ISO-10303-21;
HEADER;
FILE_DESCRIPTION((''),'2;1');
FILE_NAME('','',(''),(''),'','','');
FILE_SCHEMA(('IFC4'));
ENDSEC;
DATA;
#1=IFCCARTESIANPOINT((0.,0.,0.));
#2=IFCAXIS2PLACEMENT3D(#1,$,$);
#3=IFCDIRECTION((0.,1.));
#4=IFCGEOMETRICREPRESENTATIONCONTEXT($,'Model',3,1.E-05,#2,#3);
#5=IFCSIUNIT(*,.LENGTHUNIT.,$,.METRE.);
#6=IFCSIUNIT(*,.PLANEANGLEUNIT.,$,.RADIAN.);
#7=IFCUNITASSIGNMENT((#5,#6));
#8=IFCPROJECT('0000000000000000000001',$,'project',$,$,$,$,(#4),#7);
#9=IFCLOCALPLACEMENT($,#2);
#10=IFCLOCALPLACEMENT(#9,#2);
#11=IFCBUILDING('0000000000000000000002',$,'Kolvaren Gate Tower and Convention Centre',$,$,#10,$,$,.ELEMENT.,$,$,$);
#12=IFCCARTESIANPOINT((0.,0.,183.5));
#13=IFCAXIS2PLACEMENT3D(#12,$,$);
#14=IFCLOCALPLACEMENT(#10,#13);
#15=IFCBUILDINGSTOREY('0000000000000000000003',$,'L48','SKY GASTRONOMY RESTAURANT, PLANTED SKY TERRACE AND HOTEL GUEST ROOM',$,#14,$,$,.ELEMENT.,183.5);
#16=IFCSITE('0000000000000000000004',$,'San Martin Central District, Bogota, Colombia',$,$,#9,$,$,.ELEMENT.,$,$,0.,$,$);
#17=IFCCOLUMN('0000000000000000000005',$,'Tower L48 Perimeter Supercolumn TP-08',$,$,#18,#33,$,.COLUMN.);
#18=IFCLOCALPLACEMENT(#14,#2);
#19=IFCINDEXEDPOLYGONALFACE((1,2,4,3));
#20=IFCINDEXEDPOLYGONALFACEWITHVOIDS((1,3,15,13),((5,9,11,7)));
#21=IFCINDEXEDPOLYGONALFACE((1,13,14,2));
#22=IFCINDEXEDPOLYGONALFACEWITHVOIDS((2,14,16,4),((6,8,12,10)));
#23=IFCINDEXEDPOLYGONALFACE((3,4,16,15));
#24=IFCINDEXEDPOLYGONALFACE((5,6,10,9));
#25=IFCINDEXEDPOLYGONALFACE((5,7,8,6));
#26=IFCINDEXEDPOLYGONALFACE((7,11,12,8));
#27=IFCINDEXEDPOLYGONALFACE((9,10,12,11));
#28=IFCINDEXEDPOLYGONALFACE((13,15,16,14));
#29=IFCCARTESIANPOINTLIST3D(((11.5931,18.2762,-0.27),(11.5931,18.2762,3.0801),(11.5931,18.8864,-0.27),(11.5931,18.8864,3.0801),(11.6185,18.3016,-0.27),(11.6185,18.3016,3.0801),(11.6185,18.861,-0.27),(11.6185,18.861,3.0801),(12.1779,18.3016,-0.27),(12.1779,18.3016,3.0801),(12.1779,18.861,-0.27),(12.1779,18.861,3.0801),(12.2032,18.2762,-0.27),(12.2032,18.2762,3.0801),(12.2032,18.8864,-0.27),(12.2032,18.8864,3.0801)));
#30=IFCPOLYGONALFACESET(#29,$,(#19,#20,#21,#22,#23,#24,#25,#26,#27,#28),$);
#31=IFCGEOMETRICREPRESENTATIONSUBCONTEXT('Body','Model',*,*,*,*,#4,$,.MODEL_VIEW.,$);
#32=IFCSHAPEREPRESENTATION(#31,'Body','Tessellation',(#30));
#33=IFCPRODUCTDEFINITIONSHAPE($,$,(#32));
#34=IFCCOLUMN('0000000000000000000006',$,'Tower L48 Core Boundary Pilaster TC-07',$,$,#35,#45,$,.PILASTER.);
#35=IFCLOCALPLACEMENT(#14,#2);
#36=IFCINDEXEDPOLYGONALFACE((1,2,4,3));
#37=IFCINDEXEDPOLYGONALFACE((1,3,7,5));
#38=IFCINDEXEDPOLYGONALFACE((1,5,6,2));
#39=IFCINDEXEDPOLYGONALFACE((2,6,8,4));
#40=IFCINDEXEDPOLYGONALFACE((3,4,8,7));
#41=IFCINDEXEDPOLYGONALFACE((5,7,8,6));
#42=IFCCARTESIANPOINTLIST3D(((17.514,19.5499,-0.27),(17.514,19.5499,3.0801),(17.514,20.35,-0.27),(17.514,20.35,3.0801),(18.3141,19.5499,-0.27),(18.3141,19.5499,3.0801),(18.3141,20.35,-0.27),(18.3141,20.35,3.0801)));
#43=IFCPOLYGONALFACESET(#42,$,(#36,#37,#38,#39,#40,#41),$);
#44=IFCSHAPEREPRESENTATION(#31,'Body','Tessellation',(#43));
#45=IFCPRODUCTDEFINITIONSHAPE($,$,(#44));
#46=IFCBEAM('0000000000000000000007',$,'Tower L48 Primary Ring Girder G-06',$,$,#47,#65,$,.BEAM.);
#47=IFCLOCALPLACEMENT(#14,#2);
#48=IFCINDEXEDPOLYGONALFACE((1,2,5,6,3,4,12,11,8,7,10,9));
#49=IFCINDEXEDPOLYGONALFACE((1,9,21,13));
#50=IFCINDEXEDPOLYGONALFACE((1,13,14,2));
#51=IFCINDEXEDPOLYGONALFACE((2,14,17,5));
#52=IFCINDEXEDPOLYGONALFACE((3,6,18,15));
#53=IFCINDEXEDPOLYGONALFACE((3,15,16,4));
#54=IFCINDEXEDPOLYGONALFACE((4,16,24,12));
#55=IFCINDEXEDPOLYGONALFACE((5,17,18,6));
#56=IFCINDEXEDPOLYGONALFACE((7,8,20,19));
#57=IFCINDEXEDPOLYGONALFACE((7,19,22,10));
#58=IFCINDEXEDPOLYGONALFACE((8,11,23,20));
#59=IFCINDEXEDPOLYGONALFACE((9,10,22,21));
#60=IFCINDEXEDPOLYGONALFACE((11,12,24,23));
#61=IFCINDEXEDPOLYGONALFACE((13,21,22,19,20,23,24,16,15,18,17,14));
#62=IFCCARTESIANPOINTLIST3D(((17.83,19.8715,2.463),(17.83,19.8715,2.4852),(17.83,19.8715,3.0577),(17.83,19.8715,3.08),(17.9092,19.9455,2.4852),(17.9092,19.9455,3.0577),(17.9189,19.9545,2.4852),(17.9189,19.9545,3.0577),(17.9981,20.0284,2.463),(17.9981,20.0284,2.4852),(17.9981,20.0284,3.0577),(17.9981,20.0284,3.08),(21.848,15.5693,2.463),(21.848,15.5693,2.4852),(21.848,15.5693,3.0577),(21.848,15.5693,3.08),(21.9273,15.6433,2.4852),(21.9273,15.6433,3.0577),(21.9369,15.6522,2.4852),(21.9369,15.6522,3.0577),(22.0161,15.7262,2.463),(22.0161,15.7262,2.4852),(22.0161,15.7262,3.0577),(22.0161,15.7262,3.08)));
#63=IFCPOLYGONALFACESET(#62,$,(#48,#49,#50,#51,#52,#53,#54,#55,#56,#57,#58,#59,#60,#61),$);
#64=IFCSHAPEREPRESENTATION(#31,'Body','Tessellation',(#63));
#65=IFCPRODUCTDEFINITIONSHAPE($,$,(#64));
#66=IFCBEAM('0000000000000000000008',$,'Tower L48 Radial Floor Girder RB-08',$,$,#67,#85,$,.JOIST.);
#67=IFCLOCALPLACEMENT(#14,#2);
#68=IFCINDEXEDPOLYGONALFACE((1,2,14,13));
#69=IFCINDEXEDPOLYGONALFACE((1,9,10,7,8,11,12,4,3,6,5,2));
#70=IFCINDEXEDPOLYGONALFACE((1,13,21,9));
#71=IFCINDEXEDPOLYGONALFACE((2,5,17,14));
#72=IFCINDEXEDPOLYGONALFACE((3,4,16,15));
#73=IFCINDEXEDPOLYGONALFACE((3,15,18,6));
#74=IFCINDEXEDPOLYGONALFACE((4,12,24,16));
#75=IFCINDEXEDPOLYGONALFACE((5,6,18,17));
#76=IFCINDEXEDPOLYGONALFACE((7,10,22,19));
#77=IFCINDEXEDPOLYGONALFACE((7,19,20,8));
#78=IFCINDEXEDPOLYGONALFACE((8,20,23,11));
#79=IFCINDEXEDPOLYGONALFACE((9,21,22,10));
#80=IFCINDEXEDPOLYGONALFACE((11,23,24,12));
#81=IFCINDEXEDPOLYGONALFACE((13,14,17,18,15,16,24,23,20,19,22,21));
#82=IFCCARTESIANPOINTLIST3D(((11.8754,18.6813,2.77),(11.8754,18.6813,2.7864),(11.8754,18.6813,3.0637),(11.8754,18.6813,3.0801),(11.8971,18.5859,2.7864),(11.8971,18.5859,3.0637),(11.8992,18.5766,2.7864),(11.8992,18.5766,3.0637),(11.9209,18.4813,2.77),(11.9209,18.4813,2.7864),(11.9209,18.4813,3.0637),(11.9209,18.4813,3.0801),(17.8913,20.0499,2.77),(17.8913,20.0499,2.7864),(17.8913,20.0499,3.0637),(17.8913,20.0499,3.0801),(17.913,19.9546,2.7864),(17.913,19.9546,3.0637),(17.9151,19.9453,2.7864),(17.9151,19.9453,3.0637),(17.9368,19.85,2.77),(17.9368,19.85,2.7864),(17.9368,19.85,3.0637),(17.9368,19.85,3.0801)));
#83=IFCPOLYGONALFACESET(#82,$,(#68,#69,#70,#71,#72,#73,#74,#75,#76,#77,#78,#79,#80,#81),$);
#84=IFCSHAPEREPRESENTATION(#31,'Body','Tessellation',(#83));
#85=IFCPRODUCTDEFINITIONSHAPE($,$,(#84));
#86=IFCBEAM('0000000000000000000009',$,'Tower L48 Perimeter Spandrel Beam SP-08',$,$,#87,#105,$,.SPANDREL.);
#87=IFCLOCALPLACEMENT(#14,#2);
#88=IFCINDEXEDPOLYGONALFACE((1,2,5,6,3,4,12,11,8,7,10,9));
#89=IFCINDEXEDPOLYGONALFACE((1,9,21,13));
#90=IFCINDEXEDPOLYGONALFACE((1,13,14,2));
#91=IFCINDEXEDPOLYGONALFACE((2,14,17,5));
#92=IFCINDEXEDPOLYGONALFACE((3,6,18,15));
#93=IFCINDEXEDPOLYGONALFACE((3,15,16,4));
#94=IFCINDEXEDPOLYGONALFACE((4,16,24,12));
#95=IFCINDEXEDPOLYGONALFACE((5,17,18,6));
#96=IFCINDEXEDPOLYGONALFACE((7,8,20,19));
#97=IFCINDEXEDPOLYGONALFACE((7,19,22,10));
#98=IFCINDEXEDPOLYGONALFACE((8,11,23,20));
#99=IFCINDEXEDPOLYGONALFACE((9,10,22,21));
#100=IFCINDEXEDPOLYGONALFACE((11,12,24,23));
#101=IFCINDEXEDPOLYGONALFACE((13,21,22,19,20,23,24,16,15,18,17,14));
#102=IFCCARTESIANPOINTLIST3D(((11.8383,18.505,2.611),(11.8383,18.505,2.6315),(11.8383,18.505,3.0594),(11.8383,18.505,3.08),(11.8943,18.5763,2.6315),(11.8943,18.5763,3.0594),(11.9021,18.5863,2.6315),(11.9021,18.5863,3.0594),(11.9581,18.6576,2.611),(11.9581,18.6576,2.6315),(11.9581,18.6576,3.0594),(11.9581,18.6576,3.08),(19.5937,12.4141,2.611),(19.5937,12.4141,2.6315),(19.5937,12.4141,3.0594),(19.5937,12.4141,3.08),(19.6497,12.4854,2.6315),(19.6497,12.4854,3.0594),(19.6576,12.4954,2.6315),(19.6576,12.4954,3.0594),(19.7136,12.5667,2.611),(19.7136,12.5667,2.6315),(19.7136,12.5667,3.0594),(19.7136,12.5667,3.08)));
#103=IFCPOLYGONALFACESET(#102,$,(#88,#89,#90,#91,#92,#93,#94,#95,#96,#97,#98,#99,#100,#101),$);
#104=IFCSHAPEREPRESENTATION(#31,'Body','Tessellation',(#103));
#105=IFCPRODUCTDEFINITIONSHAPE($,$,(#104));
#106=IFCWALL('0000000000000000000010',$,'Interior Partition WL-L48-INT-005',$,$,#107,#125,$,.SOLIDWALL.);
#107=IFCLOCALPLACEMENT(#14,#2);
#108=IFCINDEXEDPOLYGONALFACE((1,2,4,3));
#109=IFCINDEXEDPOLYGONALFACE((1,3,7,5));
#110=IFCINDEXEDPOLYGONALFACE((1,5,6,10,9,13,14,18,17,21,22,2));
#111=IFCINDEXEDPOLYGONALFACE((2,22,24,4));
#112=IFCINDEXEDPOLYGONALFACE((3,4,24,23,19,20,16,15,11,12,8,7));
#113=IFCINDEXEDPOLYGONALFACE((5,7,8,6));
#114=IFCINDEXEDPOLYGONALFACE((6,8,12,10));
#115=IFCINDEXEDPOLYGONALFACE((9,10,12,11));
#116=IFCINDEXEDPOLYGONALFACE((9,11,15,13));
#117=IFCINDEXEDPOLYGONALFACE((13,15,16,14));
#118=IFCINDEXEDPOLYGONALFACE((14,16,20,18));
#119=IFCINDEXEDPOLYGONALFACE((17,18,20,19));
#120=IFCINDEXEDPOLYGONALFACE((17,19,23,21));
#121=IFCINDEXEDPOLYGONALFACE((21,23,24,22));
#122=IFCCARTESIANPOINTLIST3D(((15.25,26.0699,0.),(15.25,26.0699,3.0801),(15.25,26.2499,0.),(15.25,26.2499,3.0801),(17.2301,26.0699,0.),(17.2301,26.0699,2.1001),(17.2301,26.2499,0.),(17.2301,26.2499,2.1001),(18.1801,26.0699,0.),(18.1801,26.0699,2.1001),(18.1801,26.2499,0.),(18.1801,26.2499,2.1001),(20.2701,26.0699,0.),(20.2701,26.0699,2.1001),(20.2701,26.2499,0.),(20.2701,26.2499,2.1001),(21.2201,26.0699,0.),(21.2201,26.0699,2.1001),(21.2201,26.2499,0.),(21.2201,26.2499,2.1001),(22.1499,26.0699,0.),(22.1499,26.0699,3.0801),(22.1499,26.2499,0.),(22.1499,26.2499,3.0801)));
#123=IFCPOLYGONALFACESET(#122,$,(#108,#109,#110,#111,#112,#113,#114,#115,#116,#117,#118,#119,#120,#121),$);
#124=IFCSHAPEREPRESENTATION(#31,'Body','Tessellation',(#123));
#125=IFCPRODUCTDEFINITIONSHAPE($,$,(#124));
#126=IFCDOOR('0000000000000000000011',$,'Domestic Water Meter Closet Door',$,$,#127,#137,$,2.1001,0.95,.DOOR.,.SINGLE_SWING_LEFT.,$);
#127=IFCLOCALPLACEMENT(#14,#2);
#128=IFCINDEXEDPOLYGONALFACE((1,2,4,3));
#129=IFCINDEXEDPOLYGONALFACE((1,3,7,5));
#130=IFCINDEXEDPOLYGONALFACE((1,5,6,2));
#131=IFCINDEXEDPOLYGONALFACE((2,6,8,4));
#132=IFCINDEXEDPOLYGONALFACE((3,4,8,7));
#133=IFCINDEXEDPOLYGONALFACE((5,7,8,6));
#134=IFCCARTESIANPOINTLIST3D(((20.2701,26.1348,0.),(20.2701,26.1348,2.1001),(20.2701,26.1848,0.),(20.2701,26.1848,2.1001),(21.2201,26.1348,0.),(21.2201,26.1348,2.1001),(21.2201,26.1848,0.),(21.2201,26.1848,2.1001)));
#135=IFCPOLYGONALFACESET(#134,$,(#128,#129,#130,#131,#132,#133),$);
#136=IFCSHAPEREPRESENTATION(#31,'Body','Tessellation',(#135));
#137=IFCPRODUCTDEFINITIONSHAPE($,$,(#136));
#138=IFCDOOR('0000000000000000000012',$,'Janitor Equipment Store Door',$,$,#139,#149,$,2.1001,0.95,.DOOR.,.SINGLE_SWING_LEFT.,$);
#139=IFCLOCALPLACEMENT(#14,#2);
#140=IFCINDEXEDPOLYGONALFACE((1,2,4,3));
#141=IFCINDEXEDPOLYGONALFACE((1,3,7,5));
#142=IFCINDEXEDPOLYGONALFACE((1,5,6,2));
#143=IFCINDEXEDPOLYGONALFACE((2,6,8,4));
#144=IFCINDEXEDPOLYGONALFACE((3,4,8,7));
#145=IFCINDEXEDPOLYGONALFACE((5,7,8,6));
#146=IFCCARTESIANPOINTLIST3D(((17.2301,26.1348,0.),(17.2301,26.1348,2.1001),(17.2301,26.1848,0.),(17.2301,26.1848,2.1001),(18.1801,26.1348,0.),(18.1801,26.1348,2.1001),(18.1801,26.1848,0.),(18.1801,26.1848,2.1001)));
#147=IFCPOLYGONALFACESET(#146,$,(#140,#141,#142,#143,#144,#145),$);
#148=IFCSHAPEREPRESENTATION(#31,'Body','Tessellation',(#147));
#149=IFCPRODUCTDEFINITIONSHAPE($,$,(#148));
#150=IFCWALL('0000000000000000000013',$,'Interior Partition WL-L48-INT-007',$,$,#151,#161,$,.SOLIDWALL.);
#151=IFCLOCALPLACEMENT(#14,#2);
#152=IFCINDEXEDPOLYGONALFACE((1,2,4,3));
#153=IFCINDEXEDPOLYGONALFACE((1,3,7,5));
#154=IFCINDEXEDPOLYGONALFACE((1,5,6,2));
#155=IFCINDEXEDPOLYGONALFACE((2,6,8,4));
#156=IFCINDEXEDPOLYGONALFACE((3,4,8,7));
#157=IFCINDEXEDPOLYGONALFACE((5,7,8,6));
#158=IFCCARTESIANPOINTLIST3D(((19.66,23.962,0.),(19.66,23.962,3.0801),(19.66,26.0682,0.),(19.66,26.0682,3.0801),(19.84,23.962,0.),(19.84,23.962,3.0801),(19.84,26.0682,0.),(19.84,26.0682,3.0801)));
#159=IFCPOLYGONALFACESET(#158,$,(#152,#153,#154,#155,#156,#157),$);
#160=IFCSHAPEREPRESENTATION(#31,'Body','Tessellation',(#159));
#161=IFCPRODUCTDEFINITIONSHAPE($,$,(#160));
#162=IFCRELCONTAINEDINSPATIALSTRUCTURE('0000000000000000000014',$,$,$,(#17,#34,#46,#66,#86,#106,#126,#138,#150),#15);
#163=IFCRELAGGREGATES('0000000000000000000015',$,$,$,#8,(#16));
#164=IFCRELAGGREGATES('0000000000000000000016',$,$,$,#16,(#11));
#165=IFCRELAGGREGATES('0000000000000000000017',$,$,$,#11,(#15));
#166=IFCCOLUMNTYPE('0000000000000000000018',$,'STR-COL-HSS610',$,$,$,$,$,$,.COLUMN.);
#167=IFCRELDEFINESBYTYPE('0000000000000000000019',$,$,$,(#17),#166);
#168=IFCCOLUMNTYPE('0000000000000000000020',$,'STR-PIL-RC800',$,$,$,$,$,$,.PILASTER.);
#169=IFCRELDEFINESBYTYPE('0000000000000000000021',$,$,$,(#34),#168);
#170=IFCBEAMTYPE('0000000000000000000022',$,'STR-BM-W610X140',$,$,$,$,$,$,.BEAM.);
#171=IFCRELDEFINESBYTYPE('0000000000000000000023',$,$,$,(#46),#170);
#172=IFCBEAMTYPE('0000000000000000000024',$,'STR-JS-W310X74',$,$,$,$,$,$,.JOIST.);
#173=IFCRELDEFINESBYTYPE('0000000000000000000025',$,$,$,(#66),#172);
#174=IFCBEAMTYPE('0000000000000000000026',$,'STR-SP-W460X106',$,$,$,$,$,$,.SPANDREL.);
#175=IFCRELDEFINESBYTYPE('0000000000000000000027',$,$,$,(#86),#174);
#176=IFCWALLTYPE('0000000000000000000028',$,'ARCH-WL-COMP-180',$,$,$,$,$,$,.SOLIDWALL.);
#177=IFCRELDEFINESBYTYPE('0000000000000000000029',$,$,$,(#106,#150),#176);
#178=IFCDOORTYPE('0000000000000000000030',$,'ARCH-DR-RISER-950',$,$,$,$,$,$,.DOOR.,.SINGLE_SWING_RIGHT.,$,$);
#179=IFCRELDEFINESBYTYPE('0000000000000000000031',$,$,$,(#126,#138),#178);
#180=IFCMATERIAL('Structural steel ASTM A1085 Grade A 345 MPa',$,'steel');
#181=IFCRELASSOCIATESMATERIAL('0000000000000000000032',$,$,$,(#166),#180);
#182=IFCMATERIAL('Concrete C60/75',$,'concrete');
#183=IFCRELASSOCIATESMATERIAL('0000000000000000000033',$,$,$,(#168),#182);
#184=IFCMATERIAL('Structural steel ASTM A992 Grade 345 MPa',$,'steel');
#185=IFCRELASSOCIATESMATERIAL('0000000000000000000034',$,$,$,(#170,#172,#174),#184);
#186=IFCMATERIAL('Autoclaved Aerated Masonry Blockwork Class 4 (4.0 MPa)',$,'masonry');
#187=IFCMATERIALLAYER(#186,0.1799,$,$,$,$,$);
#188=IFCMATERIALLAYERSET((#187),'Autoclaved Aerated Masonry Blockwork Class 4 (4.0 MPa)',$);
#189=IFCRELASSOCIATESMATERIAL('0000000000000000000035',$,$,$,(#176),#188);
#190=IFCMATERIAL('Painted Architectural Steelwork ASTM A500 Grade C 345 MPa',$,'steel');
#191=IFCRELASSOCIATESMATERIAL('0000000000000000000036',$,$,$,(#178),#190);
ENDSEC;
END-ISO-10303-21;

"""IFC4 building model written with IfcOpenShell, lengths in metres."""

from ifc_helpers import new_model, si_unit, direction, frame, frame_2d, origin, origin_2d, place, context, subcontext, project, spatial, rectangle, hollow_rectangle, i_section, extrude, material, layer, layer_set, material_profile, profile_set, type_object, element, fill, save


model = new_model("IFC4")

# Units and contexts
model_context = context("Model", 3, precision=1e-05, world=origin(), true_north=direction((0.0, 1.0)))
body_context = subcontext(model_context, "Body", "Model", "MODEL_VIEW")
ifc_project = project(units=[si_unit("LENGTHUNIT", "METRE"), si_unit("PLANEANGLEUNIT", "RADIAN")], contexts=[model_context])

# Site, building, storey
site_placement = place(None, origin())
site = spatial("IfcSite", under=ifc_project, at=site_placement, Name="San Martin Central District, Bogota, Colombia", CompositionType="ELEMENT", RefElevation=0.0)
building_placement = place(site_placement, origin())
building = spatial("IfcBuilding", under=site, at=building_placement, Name="Kolvaren Gate Tower and Convention Centre", CompositionType="ELEMENT")
storey_placement = place(building_placement, frame((0.0, 0.0, 183.5)))
storey = spatial("IfcBuildingStorey", under=building, at=storey_placement, Name="L48", Description="SKY GASTRONOMY RESTAURANT, PLANTED SKY TERRACE AND HOTEL GUEST ROOM", CompositionType="ELEMENT", Elevation=183.5)

# Columns
ifc_material_1 = material(Name="Structural steel ASTM A1085 Grade A 345 MPa", Category="steel")
ifc_material_profile_1 = material_profile(ifc_material_1, hollow_rectangle(XDim=0.6101, YDim=0.6101, WallThickness=0.0254, at=origin_2d()), Name="HSS610X610X25.4")
ifc_profile_set_1 = profile_set([ifc_material_profile_1], Name="Structural steel ASTM A1085 Grade A 345 MPa")
column_type_1 = type_object("IfcColumnType", Name="STR-COL-HSS610", PredefinedType="COLUMN", material=ifc_profile_set_1)
column_1_placement = place(storey_placement, frame((11.8982, 18.5813, -0.27), z_axis=(0.0, 0.0, 1.0), x_axis=(1.0, 0.0, 0.0)))
element("IfcColumn", 1, at=column_1_placement, inside=storey, type_object=column_type_1, Name="Tower L48 Perimeter Supercolumn TP-08", PredefinedType="COLUMN", context=body_context, shape_type="SweptSolid", body=[
    extrude(hollow_rectangle(XDim=0.6101, YDim=0.6101, WallThickness=0.0254, at=origin_2d()), origin(), (0.0, 0.0, 1.0), 3.3501),
])
ifc_material_2 = material(Name="Concrete C60/75", Category="concrete")
ifc_material_profile_2 = material_profile(ifc_material_2, rectangle(XDim=0.8, YDim=0.8, at=origin_2d()), Name="RC-COL-800X800")
ifc_profile_set_2 = profile_set([ifc_material_profile_2], Name="Concrete C60/75")
column_type_2 = type_object("IfcColumnType", Name="STR-PIL-RC800", PredefinedType="PILASTER", material=ifc_profile_set_2)
column_2_placement = place(storey_placement, frame((17.9141, 19.95, -0.27), z_axis=(0.0, 0.0, 1.0), x_axis=(1.0, 0.0, 0.0)))
element("IfcColumn", 2, at=column_2_placement, inside=storey, type_object=column_type_2, Name="Tower L48 Core Boundary Pilaster TC-07", PredefinedType="PILASTER", context=body_context, shape_type="SweptSolid", body=[
    extrude(rectangle(XDim=0.8, YDim=0.8, at=origin_2d()), origin(), (0.0, 0.0, 1.0), 3.3501),
])

# Beams
ifc_material_3 = material(Name="Structural steel ASTM A992 Grade 345 MPa", Category="steel")
ifc_material_profile_3 = material_profile(ifc_material_3, i_section(OverallWidth=0.23, OverallDepth=0.6169, WebThickness=0.0132, FlangeThickness=0.0222, at=origin_2d()), Name="W610X140")
ifc_profile_set_3 = profile_set([ifc_material_profile_3], Name="Structural steel ASTM A992 Grade 345 MPa")
beam_type_1 = type_object("IfcBeamType", Name="STR-BM-W610X140", PredefinedType="BEAM", material=ifc_profile_set_3)
beam_1_placement = place(storey_placement, frame((17.9141, 19.95, 2.7715), z_axis=(0.682558, -0.730832, 0.0), x_axis=(0.730832, 0.682558, 0.0)))
element("IfcBeam", 3, at=beam_1_placement, inside=storey, type_object=beam_type_1, Name="Tower L48 Primary Ring Girder G-06", PredefinedType="BEAM", context=body_context, shape_type="SweptSolid", body=[
    extrude(i_section(OverallWidth=0.23, OverallDepth=0.6169, WebThickness=0.0132, FlangeThickness=0.0222, at=origin_2d()), origin(), (0.0, 0.0, 1.0), 5.8867),
])
ifc_material_profile_4 = material_profile(ifc_material_3, i_section(OverallWidth=0.2051, OverallDepth=0.3101, WebThickness=0.0095, FlangeThickness=0.0164, at=origin_2d()), Name="W310X74")
ifc_profile_set_4 = profile_set([ifc_material_profile_4], Name="Structural steel ASTM A992 Grade 345 MPa")
beam_type_2 = type_object("IfcBeamType", Name="STR-JS-W310X74", PredefinedType="JOIST", material=ifc_profile_set_4)
beam_2_placement = place(storey_placement, frame((17.9141, 19.95, 2.925), z_axis=(-0.975083, -0.221838, 0.0), x_axis=(0.221838, -0.975083, 0.0)))
element("IfcBeam", 4, at=beam_2_placement, inside=storey, type_object=beam_type_2, Name="Tower L48 Radial Floor Girder RB-08", PredefinedType="JOIST", context=body_context, shape_type="SweptSolid", body=[
    extrude(i_section(OverallWidth=0.2051, OverallDepth=0.3101, WebThickness=0.0095, FlangeThickness=0.0164, at=origin_2d()), origin(), (0.0, 0.0, 1.0), 6.1697),
])
ifc_material_profile_5 = material_profile(ifc_material_3, i_section(OverallWidth=0.1941, OverallDepth=0.469, WebThickness=0.0127, FlangeThickness=0.0205, at=origin_2d()), Name="W460X106")
ifc_profile_set_5 = profile_set([ifc_material_profile_5], Name="Structural steel ASTM A992 Grade 345 MPa")
beam_type_3 = type_object("IfcBeamType", Name="STR-SP-W460X106", PredefinedType="SPANDREL", material=ifc_profile_set_5)
beam_3_placement = place(storey_placement, frame((11.8982, 18.5813, 2.8455), z_axis=(0.786451, -0.617653, 0.0), x_axis=(0.617653, 0.786451, 0.0)))
element("IfcBeam", 5, at=beam_3_placement, inside=storey, type_object=beam_type_3, Name="Tower L48 Perimeter Spandrel Beam SP-08", PredefinedType="SPANDREL", context=body_context, shape_type="SweptSolid", body=[
    extrude(i_section(OverallWidth=0.1941, OverallDepth=0.469, WebThickness=0.0127, FlangeThickness=0.0205, at=origin_2d()), origin(), (0.0, 0.0, 1.0), 9.8613),
])

# Wall, openings, doors
ifc_material_4 = material(Name="Autoclaved Aerated Masonry Blockwork Class 4 (4.0 MPa)", Category="masonry")
ifc_layer_1 = layer(ifc_material_4, 0.1799)
ifc_layer_set_1 = layer_set([ifc_layer_1], Name="Autoclaved Aerated Masonry Blockwork Class 4 (4.0 MPa)")
wall_type_1 = type_object("IfcWallType", Name="ARCH-WL-COMP-180", PredefinedType="SOLIDWALL", material=ifc_layer_set_1)
wall_1_placement = place(storey_placement, frame((15.25, 26.1599, 0.0), z_axis=(0.0, 0.0, 1.0), x_axis=(1.0, 0.0, 0.0)))
wall_1 = element("IfcWall", 6, at=wall_1_placement, inside=storey, type_object=wall_type_1, Name="Interior Partition WL-L48-INT-005", PredefinedType="SOLIDWALL", context=body_context, shape_type="SweptSolid", body=[
    extrude(rectangle(XDim=6.8999, YDim=0.1799, at=frame_2d((3.45, 0.0))), origin(), (0.0, 0.0, 1.0), 3.0801),
])
opening_1_placement = place(wall_1_placement, frame((5.02, 0.0, 0.0)))
opening_1 = element("IfcOpeningElement", 7, at=opening_1_placement, cuts=wall_1, PredefinedType="OPENING", context=body_context, shape_type="SweptSolid", body=[
    extrude(rectangle(XDim=0.95, YDim=2.1001, at=frame_2d((0.4751, 1.05))), frame((0.0, 0.0999, 0.0), z_axis=(0.0, -1.0, 0.0), x_axis=(1.0, 0.0, 0.0)), (0.0, 0.0, 1.0), 0.2),
])
opening_2_placement = place(wall_1_placement, frame((1.98, 0.0, 0.0)))
opening_2 = element("IfcOpeningElement", 8, at=opening_2_placement, cuts=wall_1, PredefinedType="OPENING", context=body_context, shape_type="SweptSolid", body=[
    extrude(rectangle(XDim=0.95, YDim=2.1001, at=frame_2d((0.4751, 1.05))), frame((0.0, 0.0999, 0.0), z_axis=(0.0, -1.0, 0.0), x_axis=(1.0, 0.0, 0.0)), (0.0, 0.0, 1.0), 0.2),
])
ifc_material_5 = material(Name="Painted Architectural Steelwork ASTM A500 Grade C 345 MPa", Category="steel")
door_type = type_object("IfcDoorType", Name="ARCH-DR-RISER-950", OperationType="SINGLE_SWING_RIGHT", PredefinedType="DOOR", material=ifc_material_5)
door_1_placement = place(opening_1_placement, origin())
door_1 = element("IfcDoor", 9, at=door_1_placement, inside=storey, type_object=door_type, Name="Domestic Water Meter Closet Door", OperationType="SINGLE_SWING_LEFT", OverallHeight=2.1001, OverallWidth=0.95, PredefinedType="DOOR", context=body_context, shape_type="SweptSolid", body=[
    extrude(rectangle(XDim=0.95, YDim=2.1001, at=frame_2d((0.4751, 1.05))), frame((0.0, 0.0249, 0.0), z_axis=(0.0, -1.0, 0.0), x_axis=(1.0, 0.0, 0.0)), (0.0, 0.0, 1.0), 0.05),
])
fill(opening_1, door_1)
door_2_placement = place(opening_2_placement, origin())
door_2 = element("IfcDoor", 10, at=door_2_placement, inside=storey, type_object=door_type, Name="Janitor Equipment Store Door", OperationType="SINGLE_SWING_LEFT", OverallHeight=2.1001, OverallWidth=0.95, PredefinedType="DOOR", context=body_context, shape_type="SweptSolid", body=[
    extrude(rectangle(XDim=0.95, YDim=2.1001, at=frame_2d((0.4751, 1.05))), frame((0.0, 0.0249, 0.0), z_axis=(0.0, -1.0, 0.0), x_axis=(1.0, 0.0, 0.0)), (0.0, 0.0, 1.0), 0.05),
])
fill(opening_2, door_2)

# Wall
wall_2_placement = place(storey_placement, frame((19.75, 23.9619, 0.0), z_axis=(0.0, 0.0, 1.0), x_axis=(0.0, 1.0, 0.0)))
element("IfcWall", 11, at=wall_2_placement, inside=storey, type_object=wall_type_1, Name="Interior Partition WL-L48-INT-007", PredefinedType="SOLIDWALL", context=body_context, shape_type="SweptSolid", body=[
    extrude(rectangle(XDim=2.1062, YDim=0.1799, at=frame_2d((1.0532, 0.0))), origin(), (0.0, 0.0, 1.0), 3.0801),
])

save(model, "model.ifc")
